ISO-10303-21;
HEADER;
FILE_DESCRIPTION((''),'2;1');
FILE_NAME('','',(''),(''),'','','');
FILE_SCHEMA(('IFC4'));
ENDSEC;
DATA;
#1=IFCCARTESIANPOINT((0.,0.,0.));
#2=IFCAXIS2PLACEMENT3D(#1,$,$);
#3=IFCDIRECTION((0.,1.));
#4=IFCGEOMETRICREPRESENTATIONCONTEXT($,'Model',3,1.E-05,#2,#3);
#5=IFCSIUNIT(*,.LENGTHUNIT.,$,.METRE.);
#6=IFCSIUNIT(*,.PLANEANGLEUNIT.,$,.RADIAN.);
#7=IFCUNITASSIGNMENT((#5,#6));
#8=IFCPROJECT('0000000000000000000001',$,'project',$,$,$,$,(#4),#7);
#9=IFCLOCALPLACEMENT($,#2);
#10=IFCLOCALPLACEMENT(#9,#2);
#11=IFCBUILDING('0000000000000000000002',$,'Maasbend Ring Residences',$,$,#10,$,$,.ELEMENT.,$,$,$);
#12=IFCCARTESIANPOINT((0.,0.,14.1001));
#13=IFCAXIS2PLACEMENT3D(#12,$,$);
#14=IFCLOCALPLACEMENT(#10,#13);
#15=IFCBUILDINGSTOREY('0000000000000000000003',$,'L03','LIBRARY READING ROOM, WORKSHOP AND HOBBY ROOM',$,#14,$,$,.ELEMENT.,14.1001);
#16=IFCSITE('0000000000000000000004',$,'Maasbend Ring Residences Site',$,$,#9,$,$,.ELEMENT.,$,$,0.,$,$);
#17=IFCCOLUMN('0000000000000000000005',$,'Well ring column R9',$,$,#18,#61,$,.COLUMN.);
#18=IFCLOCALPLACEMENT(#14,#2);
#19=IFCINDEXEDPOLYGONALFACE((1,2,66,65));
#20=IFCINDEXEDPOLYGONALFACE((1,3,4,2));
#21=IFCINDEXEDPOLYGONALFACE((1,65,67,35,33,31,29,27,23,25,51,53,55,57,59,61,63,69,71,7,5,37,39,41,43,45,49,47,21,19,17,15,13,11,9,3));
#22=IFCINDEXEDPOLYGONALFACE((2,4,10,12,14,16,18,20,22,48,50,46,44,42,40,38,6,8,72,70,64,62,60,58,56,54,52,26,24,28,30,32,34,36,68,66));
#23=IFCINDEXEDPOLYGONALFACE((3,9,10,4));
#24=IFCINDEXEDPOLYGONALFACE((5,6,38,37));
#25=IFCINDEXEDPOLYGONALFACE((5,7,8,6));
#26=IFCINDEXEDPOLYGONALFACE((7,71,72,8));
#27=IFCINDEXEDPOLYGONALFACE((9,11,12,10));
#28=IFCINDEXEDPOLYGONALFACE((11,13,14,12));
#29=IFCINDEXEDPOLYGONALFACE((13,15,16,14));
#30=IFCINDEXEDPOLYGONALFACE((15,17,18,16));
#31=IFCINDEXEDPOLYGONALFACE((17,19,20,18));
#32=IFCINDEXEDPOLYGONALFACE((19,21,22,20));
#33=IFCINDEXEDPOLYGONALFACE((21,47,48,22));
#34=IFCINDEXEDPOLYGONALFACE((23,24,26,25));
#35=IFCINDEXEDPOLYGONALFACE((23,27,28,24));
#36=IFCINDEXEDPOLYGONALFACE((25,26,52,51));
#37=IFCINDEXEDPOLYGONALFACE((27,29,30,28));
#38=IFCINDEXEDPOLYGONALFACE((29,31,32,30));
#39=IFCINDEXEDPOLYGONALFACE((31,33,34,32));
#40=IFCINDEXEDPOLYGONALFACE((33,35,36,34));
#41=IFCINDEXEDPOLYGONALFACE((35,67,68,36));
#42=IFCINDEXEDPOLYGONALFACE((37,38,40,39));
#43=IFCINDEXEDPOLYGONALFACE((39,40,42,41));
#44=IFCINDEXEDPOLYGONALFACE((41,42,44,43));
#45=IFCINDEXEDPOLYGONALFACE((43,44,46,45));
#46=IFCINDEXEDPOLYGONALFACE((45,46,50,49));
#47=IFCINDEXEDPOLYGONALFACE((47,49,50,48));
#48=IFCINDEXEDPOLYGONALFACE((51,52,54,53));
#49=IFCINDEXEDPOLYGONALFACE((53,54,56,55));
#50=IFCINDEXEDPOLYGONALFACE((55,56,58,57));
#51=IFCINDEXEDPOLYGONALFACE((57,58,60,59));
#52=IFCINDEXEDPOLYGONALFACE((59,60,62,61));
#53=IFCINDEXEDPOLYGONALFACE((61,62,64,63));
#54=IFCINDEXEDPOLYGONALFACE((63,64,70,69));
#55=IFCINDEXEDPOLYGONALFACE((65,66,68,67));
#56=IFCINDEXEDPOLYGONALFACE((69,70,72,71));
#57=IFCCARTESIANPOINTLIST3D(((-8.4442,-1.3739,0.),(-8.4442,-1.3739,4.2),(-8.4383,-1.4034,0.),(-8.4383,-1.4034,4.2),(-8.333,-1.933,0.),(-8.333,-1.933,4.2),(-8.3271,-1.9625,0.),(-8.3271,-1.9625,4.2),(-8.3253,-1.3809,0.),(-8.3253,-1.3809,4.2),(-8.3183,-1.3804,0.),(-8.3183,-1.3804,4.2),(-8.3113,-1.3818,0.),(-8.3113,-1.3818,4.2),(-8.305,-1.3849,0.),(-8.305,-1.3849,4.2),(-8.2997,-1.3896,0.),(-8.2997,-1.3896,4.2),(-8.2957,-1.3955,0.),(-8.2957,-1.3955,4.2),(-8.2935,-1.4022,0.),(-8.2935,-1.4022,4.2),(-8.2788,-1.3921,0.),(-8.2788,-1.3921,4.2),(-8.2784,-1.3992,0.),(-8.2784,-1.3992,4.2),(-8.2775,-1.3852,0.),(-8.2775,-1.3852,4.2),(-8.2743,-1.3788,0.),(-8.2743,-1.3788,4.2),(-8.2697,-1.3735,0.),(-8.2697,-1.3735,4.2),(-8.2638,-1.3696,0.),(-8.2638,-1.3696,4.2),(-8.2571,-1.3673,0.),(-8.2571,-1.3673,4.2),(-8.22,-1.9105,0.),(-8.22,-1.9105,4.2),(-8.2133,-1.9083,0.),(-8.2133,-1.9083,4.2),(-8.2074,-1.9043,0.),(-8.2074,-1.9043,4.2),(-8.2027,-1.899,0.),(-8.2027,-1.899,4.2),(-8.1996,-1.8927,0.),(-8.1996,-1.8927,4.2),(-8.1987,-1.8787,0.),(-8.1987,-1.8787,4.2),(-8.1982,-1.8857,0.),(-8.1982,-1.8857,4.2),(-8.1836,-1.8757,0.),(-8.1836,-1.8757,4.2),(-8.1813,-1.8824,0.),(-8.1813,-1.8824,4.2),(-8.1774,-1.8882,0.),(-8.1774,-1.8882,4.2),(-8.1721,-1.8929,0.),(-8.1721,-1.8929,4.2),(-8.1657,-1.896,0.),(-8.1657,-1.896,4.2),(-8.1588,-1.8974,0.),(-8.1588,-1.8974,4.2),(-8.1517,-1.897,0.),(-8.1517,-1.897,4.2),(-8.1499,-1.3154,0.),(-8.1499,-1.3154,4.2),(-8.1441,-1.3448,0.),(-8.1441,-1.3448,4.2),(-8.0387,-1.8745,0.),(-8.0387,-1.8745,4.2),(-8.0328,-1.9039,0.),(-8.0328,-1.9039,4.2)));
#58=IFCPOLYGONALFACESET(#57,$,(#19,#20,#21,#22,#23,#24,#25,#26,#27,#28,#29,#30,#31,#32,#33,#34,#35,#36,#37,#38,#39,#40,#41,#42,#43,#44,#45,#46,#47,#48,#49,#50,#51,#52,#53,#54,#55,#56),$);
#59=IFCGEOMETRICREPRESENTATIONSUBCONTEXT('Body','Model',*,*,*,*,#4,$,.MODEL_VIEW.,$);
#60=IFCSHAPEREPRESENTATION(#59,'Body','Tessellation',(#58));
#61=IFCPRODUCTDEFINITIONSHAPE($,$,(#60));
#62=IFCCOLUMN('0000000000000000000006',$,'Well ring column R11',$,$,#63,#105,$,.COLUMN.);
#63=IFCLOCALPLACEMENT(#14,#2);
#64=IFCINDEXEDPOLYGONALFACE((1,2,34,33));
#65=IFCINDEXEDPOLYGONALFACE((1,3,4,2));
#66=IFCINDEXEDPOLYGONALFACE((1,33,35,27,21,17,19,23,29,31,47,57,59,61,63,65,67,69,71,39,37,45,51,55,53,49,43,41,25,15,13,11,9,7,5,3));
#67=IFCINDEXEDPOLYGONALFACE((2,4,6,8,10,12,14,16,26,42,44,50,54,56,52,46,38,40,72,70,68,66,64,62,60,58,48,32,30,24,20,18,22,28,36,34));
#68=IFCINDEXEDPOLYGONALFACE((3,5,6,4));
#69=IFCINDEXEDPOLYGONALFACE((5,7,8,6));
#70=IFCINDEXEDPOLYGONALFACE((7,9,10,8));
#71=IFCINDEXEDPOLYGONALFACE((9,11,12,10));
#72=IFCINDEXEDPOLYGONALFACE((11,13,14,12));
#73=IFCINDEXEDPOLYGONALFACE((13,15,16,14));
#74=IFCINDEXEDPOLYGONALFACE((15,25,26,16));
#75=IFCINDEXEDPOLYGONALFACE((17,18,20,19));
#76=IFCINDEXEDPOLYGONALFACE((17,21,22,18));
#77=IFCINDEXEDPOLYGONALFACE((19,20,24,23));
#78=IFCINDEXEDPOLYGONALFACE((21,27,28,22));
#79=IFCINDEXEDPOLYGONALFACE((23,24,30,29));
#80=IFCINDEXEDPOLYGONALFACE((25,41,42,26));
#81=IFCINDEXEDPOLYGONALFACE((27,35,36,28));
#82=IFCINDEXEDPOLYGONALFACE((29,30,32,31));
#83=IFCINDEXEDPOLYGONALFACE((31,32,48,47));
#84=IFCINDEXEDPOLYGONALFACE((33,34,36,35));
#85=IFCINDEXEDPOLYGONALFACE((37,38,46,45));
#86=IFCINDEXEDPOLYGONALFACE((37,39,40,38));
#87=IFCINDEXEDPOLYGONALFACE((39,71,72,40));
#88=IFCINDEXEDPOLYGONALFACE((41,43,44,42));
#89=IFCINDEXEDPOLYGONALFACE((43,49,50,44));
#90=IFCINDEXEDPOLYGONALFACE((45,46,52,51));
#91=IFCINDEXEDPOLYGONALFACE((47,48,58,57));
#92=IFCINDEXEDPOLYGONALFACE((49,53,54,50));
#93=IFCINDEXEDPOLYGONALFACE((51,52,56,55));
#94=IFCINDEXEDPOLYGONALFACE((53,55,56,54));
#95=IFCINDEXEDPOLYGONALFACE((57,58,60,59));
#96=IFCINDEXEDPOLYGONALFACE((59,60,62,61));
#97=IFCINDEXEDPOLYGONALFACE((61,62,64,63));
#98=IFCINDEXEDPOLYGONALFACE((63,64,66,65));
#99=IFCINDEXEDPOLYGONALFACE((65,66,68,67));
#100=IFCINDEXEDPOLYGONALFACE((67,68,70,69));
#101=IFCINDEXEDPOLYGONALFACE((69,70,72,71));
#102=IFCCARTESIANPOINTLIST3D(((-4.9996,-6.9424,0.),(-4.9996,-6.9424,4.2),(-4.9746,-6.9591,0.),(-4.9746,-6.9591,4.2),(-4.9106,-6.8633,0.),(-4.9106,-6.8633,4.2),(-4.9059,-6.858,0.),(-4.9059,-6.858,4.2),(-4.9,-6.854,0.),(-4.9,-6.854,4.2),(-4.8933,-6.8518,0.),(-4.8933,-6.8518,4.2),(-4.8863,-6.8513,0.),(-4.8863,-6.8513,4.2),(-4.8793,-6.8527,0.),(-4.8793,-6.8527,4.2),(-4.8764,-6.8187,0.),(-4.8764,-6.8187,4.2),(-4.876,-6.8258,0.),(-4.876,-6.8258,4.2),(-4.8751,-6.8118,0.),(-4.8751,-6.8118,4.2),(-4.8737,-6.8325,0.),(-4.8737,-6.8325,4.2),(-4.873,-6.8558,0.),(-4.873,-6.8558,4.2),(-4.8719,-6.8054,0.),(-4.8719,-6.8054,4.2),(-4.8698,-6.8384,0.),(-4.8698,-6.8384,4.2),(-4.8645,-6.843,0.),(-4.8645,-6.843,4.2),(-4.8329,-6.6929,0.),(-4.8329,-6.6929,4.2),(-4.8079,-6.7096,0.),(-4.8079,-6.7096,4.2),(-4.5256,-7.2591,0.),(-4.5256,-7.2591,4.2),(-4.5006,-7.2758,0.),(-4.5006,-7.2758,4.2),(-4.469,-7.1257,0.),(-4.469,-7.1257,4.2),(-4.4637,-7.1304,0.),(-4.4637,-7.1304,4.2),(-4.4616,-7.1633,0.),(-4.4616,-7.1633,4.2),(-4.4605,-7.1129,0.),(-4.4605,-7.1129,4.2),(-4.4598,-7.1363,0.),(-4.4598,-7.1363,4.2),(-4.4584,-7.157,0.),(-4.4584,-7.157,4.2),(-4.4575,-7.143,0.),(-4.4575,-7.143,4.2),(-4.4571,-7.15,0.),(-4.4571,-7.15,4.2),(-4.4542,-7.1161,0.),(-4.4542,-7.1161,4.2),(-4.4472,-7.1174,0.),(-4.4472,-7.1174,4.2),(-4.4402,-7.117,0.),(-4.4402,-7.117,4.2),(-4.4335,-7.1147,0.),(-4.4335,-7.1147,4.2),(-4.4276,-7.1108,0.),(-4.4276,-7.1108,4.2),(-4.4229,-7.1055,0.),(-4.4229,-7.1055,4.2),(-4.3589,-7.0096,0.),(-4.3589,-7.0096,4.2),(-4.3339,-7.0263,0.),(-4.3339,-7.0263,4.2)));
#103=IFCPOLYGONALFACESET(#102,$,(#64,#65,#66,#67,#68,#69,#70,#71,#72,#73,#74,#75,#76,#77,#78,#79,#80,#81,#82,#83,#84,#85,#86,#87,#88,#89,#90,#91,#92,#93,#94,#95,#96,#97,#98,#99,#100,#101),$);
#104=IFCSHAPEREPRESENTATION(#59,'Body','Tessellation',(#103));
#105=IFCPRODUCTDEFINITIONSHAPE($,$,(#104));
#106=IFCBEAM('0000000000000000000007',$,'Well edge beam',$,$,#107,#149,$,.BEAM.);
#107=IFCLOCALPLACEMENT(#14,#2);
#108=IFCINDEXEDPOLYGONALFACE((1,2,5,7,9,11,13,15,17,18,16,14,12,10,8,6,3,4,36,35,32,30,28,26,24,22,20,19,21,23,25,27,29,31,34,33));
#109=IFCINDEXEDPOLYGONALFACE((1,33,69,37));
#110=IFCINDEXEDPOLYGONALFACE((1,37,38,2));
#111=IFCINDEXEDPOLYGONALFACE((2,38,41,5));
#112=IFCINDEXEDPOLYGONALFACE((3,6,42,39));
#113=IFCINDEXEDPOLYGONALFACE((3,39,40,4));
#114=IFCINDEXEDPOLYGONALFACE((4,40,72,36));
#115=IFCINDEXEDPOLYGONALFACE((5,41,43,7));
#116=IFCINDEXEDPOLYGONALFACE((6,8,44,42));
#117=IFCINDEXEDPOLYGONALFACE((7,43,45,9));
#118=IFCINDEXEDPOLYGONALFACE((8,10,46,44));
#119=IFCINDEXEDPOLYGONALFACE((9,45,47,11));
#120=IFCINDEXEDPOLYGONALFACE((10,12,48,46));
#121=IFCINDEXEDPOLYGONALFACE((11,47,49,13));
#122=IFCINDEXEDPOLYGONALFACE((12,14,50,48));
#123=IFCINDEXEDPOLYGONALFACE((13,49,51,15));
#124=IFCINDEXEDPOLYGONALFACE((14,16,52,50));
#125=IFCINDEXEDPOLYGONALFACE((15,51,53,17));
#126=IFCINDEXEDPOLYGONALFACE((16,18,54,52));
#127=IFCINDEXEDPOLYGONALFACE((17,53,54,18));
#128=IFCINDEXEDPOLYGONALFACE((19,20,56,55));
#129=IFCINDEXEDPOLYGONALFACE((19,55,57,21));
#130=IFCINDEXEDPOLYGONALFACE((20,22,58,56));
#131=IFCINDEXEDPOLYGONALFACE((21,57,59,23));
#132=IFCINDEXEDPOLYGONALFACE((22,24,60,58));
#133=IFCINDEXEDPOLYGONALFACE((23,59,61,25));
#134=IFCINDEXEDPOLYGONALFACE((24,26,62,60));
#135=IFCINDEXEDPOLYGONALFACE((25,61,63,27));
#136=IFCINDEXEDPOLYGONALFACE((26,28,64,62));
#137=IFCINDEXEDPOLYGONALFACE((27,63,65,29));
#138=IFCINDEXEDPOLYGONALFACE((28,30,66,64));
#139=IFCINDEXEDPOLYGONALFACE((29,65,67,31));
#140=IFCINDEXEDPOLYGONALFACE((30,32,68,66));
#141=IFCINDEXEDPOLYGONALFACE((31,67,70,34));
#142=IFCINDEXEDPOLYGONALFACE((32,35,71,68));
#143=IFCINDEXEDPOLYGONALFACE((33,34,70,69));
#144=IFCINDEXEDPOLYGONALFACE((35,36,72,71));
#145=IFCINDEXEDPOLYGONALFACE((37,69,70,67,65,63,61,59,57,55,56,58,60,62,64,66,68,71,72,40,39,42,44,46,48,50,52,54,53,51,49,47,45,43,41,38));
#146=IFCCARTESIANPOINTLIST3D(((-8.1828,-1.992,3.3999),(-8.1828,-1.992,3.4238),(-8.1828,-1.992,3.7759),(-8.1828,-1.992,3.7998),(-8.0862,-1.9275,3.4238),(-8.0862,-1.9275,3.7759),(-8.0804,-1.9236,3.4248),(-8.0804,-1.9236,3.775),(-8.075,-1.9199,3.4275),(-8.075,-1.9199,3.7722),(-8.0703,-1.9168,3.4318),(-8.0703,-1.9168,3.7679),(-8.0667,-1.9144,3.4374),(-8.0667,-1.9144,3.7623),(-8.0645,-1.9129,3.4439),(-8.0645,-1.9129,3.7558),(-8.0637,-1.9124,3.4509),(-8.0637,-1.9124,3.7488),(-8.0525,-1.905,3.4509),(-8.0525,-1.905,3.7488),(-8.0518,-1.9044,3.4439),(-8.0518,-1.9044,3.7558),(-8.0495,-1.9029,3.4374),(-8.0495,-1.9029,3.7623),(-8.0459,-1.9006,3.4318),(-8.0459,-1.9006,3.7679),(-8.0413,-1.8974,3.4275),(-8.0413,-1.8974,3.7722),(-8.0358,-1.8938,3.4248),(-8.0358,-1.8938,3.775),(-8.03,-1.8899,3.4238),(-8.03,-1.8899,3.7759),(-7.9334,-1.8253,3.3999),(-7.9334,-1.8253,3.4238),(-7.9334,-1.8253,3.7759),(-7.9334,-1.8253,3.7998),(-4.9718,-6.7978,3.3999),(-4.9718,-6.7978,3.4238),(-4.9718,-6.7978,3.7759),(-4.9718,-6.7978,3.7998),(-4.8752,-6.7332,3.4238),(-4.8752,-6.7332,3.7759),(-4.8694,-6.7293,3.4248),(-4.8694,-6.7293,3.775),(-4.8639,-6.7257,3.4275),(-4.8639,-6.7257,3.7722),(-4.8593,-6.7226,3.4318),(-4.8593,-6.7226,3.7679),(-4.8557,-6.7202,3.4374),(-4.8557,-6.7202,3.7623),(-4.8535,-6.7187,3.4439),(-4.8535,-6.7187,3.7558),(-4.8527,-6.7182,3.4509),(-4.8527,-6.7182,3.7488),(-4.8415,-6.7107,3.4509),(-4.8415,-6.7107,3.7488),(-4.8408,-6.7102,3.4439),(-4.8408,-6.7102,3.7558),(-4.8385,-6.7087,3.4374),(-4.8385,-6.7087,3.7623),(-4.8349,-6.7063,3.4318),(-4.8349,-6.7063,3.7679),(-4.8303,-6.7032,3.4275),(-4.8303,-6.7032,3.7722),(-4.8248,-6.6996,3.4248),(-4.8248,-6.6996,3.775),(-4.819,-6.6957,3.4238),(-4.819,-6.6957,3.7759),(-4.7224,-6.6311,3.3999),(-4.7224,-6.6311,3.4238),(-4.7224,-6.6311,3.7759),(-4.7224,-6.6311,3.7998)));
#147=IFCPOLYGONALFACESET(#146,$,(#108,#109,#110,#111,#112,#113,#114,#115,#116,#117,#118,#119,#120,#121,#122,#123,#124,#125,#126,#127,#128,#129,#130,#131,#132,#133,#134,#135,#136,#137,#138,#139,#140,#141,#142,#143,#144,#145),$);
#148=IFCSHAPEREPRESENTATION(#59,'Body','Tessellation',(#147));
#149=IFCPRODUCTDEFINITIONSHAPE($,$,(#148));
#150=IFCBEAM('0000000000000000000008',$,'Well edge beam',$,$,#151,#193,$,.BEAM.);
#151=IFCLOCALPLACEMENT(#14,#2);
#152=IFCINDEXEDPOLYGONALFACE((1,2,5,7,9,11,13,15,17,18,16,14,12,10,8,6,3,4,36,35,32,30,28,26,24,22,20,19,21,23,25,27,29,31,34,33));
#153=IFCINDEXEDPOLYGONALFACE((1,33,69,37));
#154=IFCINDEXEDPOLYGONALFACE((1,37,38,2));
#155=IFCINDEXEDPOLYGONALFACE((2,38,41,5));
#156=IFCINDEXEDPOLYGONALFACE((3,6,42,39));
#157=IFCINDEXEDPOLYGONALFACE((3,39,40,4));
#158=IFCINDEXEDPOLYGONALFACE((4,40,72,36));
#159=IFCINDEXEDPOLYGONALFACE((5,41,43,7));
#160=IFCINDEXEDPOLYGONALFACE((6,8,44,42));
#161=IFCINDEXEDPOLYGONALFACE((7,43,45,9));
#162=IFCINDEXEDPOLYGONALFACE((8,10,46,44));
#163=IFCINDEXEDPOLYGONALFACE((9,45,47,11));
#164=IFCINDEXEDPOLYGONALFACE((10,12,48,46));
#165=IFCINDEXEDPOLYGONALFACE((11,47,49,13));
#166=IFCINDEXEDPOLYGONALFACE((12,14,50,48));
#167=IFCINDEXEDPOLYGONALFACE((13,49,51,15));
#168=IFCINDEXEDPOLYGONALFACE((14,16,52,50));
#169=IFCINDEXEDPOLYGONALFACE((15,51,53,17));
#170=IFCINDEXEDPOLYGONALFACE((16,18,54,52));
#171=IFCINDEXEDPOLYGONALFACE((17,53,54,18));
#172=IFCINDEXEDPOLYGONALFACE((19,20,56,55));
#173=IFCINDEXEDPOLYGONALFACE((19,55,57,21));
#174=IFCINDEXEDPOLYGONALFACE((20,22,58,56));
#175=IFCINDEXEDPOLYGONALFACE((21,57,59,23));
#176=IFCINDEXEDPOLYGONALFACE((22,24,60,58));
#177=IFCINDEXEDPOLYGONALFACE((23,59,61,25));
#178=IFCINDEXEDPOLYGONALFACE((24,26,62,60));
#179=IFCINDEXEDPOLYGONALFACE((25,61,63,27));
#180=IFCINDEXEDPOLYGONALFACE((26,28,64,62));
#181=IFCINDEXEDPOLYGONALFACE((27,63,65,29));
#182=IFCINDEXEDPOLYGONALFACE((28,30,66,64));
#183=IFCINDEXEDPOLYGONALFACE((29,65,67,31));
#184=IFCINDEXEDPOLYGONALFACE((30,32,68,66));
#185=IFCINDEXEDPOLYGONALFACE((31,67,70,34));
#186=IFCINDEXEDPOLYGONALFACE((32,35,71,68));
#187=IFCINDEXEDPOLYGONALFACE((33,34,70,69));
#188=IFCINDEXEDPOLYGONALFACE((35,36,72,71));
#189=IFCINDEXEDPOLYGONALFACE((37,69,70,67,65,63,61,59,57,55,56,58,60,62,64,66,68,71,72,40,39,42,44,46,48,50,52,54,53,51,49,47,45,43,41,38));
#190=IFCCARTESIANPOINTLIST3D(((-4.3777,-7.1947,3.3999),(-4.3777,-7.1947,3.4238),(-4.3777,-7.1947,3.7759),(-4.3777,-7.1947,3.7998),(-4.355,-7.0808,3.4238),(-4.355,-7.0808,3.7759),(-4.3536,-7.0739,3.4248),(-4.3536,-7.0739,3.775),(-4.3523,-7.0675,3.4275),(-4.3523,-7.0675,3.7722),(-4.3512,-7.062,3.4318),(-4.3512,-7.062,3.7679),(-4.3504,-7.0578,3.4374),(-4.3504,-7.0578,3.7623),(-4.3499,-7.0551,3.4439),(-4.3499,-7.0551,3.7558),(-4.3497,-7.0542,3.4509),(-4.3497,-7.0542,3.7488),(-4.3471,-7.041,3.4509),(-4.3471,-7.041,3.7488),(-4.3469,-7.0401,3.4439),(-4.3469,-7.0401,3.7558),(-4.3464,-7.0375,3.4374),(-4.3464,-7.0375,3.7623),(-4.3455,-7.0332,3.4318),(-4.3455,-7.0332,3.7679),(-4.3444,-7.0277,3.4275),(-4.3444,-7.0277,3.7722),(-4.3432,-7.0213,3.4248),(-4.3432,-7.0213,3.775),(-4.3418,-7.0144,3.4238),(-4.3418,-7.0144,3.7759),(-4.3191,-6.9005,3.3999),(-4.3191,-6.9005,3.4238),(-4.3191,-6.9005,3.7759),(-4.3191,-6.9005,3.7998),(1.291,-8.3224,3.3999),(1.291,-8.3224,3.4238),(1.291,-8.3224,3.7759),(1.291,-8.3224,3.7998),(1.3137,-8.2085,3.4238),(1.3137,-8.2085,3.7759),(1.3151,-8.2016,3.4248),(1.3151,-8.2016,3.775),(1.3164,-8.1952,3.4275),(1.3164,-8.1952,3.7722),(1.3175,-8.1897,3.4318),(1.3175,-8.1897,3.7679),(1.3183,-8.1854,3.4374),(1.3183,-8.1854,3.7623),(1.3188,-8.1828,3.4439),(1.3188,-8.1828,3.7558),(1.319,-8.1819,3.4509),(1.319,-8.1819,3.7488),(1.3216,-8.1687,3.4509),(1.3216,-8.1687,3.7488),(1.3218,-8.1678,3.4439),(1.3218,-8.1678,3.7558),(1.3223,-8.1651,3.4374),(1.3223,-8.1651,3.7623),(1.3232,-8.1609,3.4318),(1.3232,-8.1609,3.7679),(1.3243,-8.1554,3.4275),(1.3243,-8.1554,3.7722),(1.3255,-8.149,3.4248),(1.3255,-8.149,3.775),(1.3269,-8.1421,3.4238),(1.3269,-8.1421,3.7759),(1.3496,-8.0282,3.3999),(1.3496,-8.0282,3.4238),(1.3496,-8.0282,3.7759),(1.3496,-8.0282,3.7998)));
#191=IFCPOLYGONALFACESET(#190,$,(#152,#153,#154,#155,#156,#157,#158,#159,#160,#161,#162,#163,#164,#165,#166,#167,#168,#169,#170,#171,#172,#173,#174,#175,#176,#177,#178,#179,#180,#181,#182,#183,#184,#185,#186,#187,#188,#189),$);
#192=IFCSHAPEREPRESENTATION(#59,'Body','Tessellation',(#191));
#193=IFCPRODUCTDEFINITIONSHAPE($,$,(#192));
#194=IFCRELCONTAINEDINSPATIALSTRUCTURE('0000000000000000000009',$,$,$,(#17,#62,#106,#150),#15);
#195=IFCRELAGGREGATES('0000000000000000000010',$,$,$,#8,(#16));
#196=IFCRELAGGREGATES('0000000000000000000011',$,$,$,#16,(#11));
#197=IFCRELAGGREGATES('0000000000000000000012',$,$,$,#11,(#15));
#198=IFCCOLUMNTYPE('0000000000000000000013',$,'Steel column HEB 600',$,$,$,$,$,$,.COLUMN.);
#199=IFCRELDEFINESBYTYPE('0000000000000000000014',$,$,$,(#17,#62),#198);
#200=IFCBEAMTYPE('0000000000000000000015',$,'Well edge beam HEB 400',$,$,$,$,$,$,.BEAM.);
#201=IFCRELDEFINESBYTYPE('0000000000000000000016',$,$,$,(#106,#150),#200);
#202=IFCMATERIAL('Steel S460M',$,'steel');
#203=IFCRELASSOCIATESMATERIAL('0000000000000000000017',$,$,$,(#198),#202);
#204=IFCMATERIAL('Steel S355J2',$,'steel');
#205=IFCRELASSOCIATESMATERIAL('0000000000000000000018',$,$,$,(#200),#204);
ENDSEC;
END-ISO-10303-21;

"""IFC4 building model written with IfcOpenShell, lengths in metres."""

from ifc_helpers import new_model, si_unit, direction, frame, origin, origin_2d, place, context, subcontext, project, spatial, i_section, extrude, material, material_profile, profile_set, type_object, element, save


model = new_model("IFC4")

# Units and contexts
model_context = context("Model", 3, precision=1e-05, world=origin(), true_north=direction((0.0, 1.0)))
body_context = subcontext(model_context, "Body", "Model", "MODEL_VIEW")
ifc_project = project(units=[si_unit("LENGTHUNIT", "METRE"), si_unit("PLANEANGLEUNIT", "RADIAN")], contexts=[model_context])

# Site, building, storey
site_placement = place(None, origin())
site = spatial("IfcSite", under=ifc_project, at=site_placement, Name="Maasbend Ring Residences Site", CompositionType="ELEMENT", RefElevation=0.0)
building_placement = place(site_placement, origin())
building = spatial("IfcBuilding", under=site, at=building_placement, Name="Maasbend Ring Residences", CompositionType="ELEMENT")
storey_placement = place(building_placement, frame((0.0, 0.0, 14.1001)))
storey = spatial("IfcBuildingStorey", under=building, at=storey_placement, Name="L03", Description="LIBRARY READING ROOM, WORKSHOP AND HOBBY ROOM", CompositionType="ELEMENT", Elevation=14.1001)

# Columns
ifc_material_1 = material(Name="Steel S460M", Category="steel")
ifc_material_profile_1 = material_profile(ifc_material_1, i_section(OverallWidth=0.3, OverallDepth=0.6001, WebThickness=0.0154, FlangeThickness=0.03, FilletRadius=0.0271, at=origin_2d()), Name="HEB 600")
ifc_profile_set_1 = profile_set([ifc_material_profile_1], Name="Steel S460M")
column_type = type_object("IfcColumnType", Name="Steel column HEB 600", PredefinedType="COLUMN", material=ifc_profile_set_1)
for number, where, z_axis, x_axis, name in (
    (1, (-8.2385, -1.6389, 0.0), (0.0, 0.0, 1.0), (-0.980785, -0.19509, 0.0), "Well ring column R9"),
    (2, (-4.6667, -6.9844, 0.0), (0.0, 0.0, 1.0), (-0.55557, -0.83147, 0.0), "Well ring column R11"),
):
    element("IfcColumn", number, at=place(storey_placement, frame(where, z_axis=z_axis, x_axis=x_axis)), inside=storey, type_object=column_type, Name=name, PredefinedType="COLUMN", context=body_context, shape_type="SweptSolid", body=[
        extrude(i_section(OverallWidth=0.3, OverallDepth=0.6001, WebThickness=0.0154, FlangeThickness=0.03, FilletRadius=0.0271, at=origin_2d()), origin(), (0.0, 0.0, 1.0), 4.2),
    ])

# Beams
ifc_material_2 = material(Name="Steel S355J2", Category="steel")
ifc_material_profile_2 = material_profile(ifc_material_2, i_section(OverallWidth=0.3, OverallDepth=0.3999, WebThickness=0.0134, FlangeThickness=0.0239, FilletRadius=0.0271, at=origin_2d()), Name="HEB 400")
ifc_profile_set_2 = profile_set([ifc_material_profile_2], Name="Steel S355J2")
beam_type = type_object("IfcBeamType", Name="Well edge beam HEB 400", PredefinedType="BEAM", material=ifc_profile_set_2)
for number, where, z_axis, x_axis, name in (
    (3, (-8.0581, -1.9087, 3.5999), (0.555558, -0.831478, 0.0), (0.831478, 0.555558, 0.0), "Well edge beam"),
    (4, (-4.3484, -7.0476, 3.5999), (0.980782, -0.195109, 0.0), (0.195109, 0.980782, 0.0), "Well edge beam"),
):
    element("IfcBeam", number, at=place(storey_placement, frame(where, z_axis=z_axis, x_axis=x_axis)), inside=storey, type_object=beam_type, Name=name, PredefinedType="BEAM", context=body_context, shape_type="SweptSolid", body=[
        extrude(i_section(OverallWidth=0.3, OverallDepth=0.3999, WebThickness=0.0134, FlangeThickness=0.0239, FilletRadius=0.0271, at=origin_2d()), origin(), (0.0, 0.0, 1.0), 5.7798),
    ])

save(model, "model.ifc")
